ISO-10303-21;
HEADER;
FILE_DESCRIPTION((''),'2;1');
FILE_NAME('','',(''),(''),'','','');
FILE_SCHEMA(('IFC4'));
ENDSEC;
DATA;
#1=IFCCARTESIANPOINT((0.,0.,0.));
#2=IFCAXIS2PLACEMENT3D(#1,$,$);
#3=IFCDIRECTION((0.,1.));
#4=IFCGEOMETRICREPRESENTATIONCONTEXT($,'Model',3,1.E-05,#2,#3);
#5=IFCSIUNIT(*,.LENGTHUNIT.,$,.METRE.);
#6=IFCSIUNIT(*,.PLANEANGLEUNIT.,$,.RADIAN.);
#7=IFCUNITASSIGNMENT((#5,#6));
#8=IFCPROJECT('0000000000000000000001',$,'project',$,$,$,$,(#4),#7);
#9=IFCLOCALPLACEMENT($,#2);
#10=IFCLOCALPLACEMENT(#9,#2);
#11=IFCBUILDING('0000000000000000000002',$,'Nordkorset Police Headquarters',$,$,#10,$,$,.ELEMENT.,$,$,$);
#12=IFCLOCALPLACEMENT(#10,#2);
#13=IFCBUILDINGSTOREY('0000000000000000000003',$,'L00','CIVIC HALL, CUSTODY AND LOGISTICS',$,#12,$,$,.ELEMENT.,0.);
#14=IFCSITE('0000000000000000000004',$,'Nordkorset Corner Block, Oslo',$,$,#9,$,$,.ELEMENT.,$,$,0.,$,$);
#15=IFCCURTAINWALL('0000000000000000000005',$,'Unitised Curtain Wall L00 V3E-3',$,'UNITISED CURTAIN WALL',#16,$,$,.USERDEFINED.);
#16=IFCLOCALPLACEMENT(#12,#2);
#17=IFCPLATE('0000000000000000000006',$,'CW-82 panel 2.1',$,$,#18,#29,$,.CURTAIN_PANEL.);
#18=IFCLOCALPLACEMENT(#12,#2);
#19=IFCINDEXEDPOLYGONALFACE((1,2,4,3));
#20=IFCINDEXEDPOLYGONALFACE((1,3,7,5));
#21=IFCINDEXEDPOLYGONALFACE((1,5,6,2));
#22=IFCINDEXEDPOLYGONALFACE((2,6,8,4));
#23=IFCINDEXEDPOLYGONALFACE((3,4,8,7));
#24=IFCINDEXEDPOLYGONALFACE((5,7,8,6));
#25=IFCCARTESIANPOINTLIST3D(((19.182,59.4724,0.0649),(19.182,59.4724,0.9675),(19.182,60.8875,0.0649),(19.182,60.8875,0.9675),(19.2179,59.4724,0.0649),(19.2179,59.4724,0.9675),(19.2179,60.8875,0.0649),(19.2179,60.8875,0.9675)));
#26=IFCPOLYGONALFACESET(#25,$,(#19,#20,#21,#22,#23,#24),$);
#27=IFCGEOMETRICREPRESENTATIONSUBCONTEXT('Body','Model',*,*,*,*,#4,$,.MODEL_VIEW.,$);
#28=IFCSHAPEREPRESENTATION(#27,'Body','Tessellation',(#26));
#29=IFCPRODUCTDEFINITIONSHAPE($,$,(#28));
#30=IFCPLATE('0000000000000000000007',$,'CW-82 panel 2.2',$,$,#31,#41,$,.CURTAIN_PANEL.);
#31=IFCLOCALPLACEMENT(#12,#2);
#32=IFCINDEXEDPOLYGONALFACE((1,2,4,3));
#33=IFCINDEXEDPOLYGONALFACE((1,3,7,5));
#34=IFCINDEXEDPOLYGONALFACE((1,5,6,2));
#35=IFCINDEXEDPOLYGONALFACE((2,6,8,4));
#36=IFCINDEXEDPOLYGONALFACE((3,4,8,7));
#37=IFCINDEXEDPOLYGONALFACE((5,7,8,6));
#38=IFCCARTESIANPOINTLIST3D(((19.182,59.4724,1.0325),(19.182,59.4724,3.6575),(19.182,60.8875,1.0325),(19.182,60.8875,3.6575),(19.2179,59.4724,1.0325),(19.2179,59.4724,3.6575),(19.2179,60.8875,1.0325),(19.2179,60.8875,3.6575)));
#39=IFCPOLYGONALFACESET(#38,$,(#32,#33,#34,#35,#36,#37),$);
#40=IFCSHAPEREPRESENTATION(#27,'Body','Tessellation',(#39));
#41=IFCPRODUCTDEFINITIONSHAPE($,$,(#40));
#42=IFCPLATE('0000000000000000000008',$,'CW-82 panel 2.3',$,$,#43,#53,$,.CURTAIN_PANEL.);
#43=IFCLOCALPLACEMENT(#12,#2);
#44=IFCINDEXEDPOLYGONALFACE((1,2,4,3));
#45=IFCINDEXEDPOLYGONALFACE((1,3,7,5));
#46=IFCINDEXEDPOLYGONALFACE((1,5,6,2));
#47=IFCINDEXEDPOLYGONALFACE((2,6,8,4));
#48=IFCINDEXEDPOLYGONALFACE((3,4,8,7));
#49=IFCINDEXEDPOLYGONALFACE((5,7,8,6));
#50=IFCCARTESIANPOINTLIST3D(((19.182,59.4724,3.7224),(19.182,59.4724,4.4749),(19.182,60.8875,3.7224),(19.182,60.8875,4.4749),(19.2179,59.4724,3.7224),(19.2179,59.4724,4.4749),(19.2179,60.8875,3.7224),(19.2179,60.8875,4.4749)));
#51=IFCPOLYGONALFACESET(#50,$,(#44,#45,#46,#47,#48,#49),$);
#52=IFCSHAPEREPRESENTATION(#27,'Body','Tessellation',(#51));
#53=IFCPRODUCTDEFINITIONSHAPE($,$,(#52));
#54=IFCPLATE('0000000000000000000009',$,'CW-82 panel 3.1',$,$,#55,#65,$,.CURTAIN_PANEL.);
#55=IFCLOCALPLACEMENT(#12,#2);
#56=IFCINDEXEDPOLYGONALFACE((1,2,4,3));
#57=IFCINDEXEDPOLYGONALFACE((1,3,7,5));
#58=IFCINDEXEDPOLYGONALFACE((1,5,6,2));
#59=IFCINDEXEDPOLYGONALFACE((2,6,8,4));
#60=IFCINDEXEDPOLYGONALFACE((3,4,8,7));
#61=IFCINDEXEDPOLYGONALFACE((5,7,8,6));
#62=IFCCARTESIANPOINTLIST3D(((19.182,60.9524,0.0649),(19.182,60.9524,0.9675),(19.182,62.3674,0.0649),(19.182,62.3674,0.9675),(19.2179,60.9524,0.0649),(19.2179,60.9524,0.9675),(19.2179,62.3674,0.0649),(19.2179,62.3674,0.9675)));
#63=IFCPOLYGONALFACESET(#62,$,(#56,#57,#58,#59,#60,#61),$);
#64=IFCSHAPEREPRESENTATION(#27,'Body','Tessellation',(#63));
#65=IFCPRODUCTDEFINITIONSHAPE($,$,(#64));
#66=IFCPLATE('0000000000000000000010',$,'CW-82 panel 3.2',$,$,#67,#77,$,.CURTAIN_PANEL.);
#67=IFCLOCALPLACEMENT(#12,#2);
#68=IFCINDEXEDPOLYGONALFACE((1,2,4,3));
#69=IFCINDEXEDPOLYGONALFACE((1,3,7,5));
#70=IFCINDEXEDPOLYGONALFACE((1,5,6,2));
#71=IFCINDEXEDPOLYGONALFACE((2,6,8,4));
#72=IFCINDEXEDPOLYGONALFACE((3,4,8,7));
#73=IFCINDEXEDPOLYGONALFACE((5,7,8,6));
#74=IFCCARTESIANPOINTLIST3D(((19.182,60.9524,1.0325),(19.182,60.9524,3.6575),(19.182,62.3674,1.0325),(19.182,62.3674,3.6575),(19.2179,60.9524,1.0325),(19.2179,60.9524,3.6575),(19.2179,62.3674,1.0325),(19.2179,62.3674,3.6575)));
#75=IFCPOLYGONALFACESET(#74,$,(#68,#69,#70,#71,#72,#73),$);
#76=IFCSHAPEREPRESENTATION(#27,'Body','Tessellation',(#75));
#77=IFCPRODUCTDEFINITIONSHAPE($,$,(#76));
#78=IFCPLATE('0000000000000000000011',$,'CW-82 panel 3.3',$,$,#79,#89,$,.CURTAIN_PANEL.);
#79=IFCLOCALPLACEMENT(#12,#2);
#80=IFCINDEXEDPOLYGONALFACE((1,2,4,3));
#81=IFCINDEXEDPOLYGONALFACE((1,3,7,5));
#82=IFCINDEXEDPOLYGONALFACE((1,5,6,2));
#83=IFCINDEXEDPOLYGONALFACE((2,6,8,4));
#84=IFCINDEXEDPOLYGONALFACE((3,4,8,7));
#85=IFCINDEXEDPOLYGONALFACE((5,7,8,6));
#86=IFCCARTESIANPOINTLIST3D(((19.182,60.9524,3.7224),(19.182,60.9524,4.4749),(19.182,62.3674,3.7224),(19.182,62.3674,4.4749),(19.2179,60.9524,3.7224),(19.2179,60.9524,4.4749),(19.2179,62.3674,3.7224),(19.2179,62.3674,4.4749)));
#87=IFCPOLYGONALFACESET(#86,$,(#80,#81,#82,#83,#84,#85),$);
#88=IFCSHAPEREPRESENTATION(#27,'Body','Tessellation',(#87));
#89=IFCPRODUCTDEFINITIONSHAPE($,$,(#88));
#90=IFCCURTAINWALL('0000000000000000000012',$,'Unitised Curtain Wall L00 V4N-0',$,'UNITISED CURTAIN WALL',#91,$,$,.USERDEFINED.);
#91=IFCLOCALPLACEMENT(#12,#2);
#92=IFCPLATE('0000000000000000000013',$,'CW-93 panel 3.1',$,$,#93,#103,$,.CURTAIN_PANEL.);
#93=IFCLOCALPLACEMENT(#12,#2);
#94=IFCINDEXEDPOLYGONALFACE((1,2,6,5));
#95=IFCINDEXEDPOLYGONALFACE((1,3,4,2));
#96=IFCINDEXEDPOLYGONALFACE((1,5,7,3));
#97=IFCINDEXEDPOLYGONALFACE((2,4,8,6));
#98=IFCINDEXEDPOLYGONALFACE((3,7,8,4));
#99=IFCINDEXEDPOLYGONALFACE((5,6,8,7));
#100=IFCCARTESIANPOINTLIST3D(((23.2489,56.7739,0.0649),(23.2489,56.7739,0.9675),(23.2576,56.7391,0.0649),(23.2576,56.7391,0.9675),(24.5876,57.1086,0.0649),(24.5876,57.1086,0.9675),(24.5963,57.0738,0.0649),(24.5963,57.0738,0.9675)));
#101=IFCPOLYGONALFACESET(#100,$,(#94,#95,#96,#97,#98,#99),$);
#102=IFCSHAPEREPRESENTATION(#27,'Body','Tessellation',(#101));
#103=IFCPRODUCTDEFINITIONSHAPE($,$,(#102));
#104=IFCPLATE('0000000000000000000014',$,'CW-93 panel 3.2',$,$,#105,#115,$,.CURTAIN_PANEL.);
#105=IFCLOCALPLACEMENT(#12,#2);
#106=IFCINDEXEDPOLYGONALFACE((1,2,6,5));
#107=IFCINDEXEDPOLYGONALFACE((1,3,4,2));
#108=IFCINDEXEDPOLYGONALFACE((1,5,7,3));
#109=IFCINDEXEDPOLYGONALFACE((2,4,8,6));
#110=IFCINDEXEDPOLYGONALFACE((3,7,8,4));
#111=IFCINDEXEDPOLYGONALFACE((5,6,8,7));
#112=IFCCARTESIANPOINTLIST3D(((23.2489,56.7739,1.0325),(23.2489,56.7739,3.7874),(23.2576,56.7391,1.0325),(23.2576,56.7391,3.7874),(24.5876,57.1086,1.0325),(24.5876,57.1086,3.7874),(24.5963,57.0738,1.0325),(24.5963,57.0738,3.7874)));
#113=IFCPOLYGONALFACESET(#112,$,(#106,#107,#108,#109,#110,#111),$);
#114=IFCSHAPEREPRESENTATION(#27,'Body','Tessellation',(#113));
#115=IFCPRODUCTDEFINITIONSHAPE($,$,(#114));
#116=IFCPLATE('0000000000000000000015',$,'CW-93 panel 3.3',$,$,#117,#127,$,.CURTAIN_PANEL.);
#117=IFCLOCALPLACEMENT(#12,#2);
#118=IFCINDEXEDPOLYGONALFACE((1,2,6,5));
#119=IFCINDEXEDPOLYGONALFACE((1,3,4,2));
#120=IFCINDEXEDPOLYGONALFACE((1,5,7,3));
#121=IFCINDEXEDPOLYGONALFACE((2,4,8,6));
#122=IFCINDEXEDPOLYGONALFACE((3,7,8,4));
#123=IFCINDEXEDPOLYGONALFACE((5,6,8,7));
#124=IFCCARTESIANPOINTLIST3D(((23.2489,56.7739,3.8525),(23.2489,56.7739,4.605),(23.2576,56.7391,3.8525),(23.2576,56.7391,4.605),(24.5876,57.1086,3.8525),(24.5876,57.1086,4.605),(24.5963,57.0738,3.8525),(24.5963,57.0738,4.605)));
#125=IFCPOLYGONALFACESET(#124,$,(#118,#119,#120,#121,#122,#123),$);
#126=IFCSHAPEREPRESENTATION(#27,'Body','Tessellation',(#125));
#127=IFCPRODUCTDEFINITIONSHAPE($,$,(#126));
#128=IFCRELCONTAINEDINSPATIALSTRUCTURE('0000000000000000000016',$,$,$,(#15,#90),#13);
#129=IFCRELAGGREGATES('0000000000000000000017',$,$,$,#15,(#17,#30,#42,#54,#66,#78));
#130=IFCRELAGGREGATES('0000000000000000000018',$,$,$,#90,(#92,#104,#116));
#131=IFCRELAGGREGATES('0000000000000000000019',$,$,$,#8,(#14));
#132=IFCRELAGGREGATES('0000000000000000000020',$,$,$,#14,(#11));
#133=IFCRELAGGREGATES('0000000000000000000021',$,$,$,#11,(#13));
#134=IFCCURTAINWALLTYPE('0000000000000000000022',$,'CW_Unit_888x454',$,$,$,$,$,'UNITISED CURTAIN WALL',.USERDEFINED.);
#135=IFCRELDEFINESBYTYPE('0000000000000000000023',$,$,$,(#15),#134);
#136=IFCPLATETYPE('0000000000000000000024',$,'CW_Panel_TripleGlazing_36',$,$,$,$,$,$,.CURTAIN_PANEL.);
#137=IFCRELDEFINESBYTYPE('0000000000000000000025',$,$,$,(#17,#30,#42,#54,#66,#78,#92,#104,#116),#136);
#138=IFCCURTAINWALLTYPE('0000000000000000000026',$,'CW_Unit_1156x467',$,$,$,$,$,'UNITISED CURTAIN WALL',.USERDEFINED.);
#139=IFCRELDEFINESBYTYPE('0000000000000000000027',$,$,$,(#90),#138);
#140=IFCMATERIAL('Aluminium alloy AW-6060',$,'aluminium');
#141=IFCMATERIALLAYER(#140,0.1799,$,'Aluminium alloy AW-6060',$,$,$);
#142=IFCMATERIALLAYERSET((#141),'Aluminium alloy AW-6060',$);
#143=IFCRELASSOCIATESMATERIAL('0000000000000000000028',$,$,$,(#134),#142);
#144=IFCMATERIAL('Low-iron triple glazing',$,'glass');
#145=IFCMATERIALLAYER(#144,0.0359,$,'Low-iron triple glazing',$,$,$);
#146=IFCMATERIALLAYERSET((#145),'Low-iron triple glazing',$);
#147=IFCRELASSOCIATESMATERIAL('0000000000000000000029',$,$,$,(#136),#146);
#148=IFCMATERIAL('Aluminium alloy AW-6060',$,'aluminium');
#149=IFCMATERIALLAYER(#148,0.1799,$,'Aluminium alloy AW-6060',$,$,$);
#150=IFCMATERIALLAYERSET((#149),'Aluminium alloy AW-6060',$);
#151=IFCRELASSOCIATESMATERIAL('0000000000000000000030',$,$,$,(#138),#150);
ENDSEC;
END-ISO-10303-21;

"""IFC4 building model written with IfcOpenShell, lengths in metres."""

from ifc_helpers import new_model, si_unit, direction, frame, origin, origin_2d, place, context, subcontext, project, spatial, rectangle, extrude, material, layer, layer_set, type_object, element, aggregate, save


model = new_model("IFC4")

# Units and contexts
model_context = context("Model", 3, precision=1e-05, world=origin(), true_north=direction((0.0, 1.0)))
body_context = subcontext(model_context, "Body", "Model", "MODEL_VIEW")
ifc_project = project(units=[si_unit("LENGTHUNIT", "METRE"), si_unit("PLANEANGLEUNIT", "RADIAN")], contexts=[model_context])

# Site, building, storey
site_placement = place(None, origin())
site = spatial("IfcSite", under=ifc_project, at=site_placement, Name="Nordkorset Corner Block, Oslo", CompositionType="ELEMENT", RefElevation=0.0)
building_placement = place(site_placement, origin())
building = spatial("IfcBuilding", under=site, at=building_placement, Name="Nordkorset Police Headquarters", CompositionType="ELEMENT")
storey_placement = place(building_placement, origin())
storey = spatial("IfcBuildingStorey", under=building, at=storey_placement, Name="L00", Description="CIVIC HALL, CUSTODY AND LOGISTICS", CompositionType="ELEMENT", Elevation=0.0)

# Curtain wall, plates
ifc_material_1 = material(Name="Aluminium alloy AW-6060", Category="aluminium")
ifc_layer_1 = layer(ifc_material_1, 0.1799, Name="Aluminium alloy AW-6060")
ifc_layer_set_1 = layer_set([ifc_layer_1], Name="Aluminium alloy AW-6060")
curtain_wall_type_1 = type_object("IfcCurtainWallType", Name="CW_Unit_888x454", ElementType="UNITISED CURTAIN WALL", PredefinedType="USERDEFINED", material=ifc_layer_set_1)
curtain_wall_1_placement = place(storey_placement, origin())
curtain_wall_1 = element("IfcCurtainWall", 1, at=curtain_wall_1_placement, inside=storey, type_object=curtain_wall_type_1, Name="Unitised Curtain Wall L00 V3E-3", ObjectType="UNITISED CURTAIN WALL", PredefinedType="USERDEFINED")
ifc_material_2 = material(Name="Low-iron triple glazing", Category="glass")
ifc_layer_2 = layer(ifc_material_2, 0.0359, Name="Low-iron triple glazing")
ifc_layer_set_2 = layer_set([ifc_layer_2], Name="Low-iron triple glazing")
plate_type = type_object("IfcPlateType", Name="CW_Panel_TripleGlazing_36", PredefinedType="CURTAIN_PANEL", material=ifc_layer_set_2)
plate_1_placement = place(storey_placement, frame((19.2, 60.1799, 0.0649), z_axis=(0.0, 0.0, 1.0), x_axis=(0.0, 1.0, 0.0)))
plate_1 = element("IfcPlate", 2, at=plate_1_placement, type_object=plate_type, Name="CW-82 panel 2.1", PredefinedType="CURTAIN_PANEL", context=body_context, shape_type="SweptSolid", body=[
    extrude(rectangle(XDim=1.415, YDim=0.0359, at=origin_2d()), origin(), (0.0, 0.0, 1.0), 0.9026),
])
plate_2_placement = place(storey_placement, frame((19.2, 60.1799, 1.0325), z_axis=(0.0, 0.0, 1.0), x_axis=(0.0, 1.0, 0.0)))
plate_2 = element("IfcPlate", 3, at=plate_2_placement, type_object=plate_type, Name="CW-82 panel 2.2", PredefinedType="CURTAIN_PANEL", context=body_context, shape_type="SweptSolid", body=[
    extrude(rectangle(XDim=1.415, YDim=0.0359, at=origin_2d()), origin(), (0.0, 0.0, 1.0), 2.625),
])
plate_3_placement = place(storey_placement, frame((19.2, 60.1799, 3.7224), z_axis=(0.0, 0.0, 1.0), x_axis=(0.0, 1.0, 0.0)))
plate_3 = element("IfcPlate", 4, at=plate_3_placement, type_object=plate_type, Name="CW-82 panel 2.3", PredefinedType="CURTAIN_PANEL", context=body_context, shape_type="SweptSolid", body=[
    extrude(rectangle(XDim=1.415, YDim=0.0359, at=origin_2d()), origin(), (0.0, 0.0, 1.0), 0.7524),
])
plate_4_placement = place(storey_placement, frame((19.2, 61.6599, 0.0649), z_axis=(0.0, 0.0, 1.0), x_axis=(0.0, 1.0, 0.0)))
plate_4 = element("IfcPlate", 5, at=plate_4_placement, type_object=plate_type, Name="CW-82 panel 3.1", PredefinedType="CURTAIN_PANEL", context=body_context, shape_type="SweptSolid", body=[
    extrude(rectangle(XDim=1.415, YDim=0.0359, at=origin_2d()), origin(), (0.0, 0.0, 1.0), 0.9026),
])
plate_5_placement = place(storey_placement, frame((19.2, 61.6599, 1.0325), z_axis=(0.0, 0.0, 1.0), x_axis=(0.0, 1.0, 0.0)))
plate_5 = element("IfcPlate", 6, at=plate_5_placement, type_object=plate_type, Name="CW-82 panel 3.2", PredefinedType="CURTAIN_PANEL", context=body_context, shape_type="SweptSolid", body=[
    extrude(rectangle(XDim=1.415, YDim=0.0359, at=origin_2d()), origin(), (0.0, 0.0, 1.0), 2.625),
])
plate_6_placement = place(storey_placement, frame((19.2, 61.6599, 3.7224), z_axis=(0.0, 0.0, 1.0), x_axis=(0.0, 1.0, 0.0)))
plate_6 = element("IfcPlate", 7, at=plate_6_placement, type_object=plate_type, Name="CW-82 panel 3.3", PredefinedType="CURTAIN_PANEL", context=body_context, shape_type="SweptSolid", body=[
    extrude(rectangle(XDim=1.415, YDim=0.0359, at=origin_2d()), origin(), (0.0, 0.0, 1.0), 0.7524),
])
aggregate(curtain_wall_1, [plate_1, plate_2, plate_3, plate_4, plate_5, plate_6])

# Curtain wall, plates
ifc_material_3 = material(Name="Aluminium alloy AW-6060", Category="aluminium")
ifc_layer_3 = layer(ifc_material_3, 0.1799, Name="Aluminium alloy AW-6060")
ifc_layer_set_3 = layer_set([ifc_layer_3], Name="Aluminium alloy AW-6060")
curtain_wall_type_2 = type_object("IfcCurtainWallType", Name="CW_Unit_1156x467", ElementType="UNITISED CURTAIN WALL", PredefinedType="USERDEFINED", material=ifc_layer_set_3)
curtain_wall_2_placement = place(storey_placement, origin())
curtain_wall_2 = element("IfcCurtainWall", 8, at=curtain_wall_2_placement, inside=storey, type_object=curtain_wall_type_2, Name="Unitised Curtain Wall L00 V4N-0", ObjectType="UNITISED CURTAIN WALL", PredefinedType="USERDEFINED")
plate_7_placement = place(storey_placement, frame((23.9226, 56.9238, 0.0649), z_axis=(0.0, 0.0, 1.0), x_axis=(0.970142, 0.242536, 0.0)))
plate_7 = element("IfcPlate", 9, at=plate_7_placement, type_object=plate_type, Name="CW-93 panel 3.1", PredefinedType="CURTAIN_PANEL", context=body_context, shape_type="SweptSolid", body=[
    extrude(rectangle(XDim=1.3799, YDim=0.0359, at=origin_2d()), origin(), (0.0, 0.0, 1.0), 0.9026),
])
plate_8_placement = place(storey_placement, frame((23.9226, 56.9238, 1.0325), z_axis=(0.0, 0.0, 1.0), x_axis=(0.970142, 0.242536, 0.0)))
plate_8 = element("IfcPlate", 10, at=plate_8_placement, type_object=plate_type, Name="CW-93 panel 3.2", PredefinedType="CURTAIN_PANEL", context=body_context, shape_type="SweptSolid", body=[
    extrude(rectangle(XDim=1.3799, YDim=0.0359, at=origin_2d()), origin(), (0.0, 0.0, 1.0), 2.7549),
])
plate_9_placement = place(storey_placement, frame((23.9226, 56.9238, 3.8525), z_axis=(0.0, 0.0, 1.0), x_axis=(0.970142, 0.242536, 0.0)))
plate_9 = element("IfcPlate", 11, at=plate_9_placement, type_object=plate_type, Name="CW-93 panel 3.3", PredefinedType="CURTAIN_PANEL", context=body_context, shape_type="SweptSolid", body=[
    extrude(rectangle(XDim=1.3799, YDim=0.0359, at=origin_2d()), origin(), (0.0, 0.0, 1.0), 0.7524),
])
aggregate(curtain_wall_2, [plate_7, plate_8, plate_9])

save(model, "model.ifc")
